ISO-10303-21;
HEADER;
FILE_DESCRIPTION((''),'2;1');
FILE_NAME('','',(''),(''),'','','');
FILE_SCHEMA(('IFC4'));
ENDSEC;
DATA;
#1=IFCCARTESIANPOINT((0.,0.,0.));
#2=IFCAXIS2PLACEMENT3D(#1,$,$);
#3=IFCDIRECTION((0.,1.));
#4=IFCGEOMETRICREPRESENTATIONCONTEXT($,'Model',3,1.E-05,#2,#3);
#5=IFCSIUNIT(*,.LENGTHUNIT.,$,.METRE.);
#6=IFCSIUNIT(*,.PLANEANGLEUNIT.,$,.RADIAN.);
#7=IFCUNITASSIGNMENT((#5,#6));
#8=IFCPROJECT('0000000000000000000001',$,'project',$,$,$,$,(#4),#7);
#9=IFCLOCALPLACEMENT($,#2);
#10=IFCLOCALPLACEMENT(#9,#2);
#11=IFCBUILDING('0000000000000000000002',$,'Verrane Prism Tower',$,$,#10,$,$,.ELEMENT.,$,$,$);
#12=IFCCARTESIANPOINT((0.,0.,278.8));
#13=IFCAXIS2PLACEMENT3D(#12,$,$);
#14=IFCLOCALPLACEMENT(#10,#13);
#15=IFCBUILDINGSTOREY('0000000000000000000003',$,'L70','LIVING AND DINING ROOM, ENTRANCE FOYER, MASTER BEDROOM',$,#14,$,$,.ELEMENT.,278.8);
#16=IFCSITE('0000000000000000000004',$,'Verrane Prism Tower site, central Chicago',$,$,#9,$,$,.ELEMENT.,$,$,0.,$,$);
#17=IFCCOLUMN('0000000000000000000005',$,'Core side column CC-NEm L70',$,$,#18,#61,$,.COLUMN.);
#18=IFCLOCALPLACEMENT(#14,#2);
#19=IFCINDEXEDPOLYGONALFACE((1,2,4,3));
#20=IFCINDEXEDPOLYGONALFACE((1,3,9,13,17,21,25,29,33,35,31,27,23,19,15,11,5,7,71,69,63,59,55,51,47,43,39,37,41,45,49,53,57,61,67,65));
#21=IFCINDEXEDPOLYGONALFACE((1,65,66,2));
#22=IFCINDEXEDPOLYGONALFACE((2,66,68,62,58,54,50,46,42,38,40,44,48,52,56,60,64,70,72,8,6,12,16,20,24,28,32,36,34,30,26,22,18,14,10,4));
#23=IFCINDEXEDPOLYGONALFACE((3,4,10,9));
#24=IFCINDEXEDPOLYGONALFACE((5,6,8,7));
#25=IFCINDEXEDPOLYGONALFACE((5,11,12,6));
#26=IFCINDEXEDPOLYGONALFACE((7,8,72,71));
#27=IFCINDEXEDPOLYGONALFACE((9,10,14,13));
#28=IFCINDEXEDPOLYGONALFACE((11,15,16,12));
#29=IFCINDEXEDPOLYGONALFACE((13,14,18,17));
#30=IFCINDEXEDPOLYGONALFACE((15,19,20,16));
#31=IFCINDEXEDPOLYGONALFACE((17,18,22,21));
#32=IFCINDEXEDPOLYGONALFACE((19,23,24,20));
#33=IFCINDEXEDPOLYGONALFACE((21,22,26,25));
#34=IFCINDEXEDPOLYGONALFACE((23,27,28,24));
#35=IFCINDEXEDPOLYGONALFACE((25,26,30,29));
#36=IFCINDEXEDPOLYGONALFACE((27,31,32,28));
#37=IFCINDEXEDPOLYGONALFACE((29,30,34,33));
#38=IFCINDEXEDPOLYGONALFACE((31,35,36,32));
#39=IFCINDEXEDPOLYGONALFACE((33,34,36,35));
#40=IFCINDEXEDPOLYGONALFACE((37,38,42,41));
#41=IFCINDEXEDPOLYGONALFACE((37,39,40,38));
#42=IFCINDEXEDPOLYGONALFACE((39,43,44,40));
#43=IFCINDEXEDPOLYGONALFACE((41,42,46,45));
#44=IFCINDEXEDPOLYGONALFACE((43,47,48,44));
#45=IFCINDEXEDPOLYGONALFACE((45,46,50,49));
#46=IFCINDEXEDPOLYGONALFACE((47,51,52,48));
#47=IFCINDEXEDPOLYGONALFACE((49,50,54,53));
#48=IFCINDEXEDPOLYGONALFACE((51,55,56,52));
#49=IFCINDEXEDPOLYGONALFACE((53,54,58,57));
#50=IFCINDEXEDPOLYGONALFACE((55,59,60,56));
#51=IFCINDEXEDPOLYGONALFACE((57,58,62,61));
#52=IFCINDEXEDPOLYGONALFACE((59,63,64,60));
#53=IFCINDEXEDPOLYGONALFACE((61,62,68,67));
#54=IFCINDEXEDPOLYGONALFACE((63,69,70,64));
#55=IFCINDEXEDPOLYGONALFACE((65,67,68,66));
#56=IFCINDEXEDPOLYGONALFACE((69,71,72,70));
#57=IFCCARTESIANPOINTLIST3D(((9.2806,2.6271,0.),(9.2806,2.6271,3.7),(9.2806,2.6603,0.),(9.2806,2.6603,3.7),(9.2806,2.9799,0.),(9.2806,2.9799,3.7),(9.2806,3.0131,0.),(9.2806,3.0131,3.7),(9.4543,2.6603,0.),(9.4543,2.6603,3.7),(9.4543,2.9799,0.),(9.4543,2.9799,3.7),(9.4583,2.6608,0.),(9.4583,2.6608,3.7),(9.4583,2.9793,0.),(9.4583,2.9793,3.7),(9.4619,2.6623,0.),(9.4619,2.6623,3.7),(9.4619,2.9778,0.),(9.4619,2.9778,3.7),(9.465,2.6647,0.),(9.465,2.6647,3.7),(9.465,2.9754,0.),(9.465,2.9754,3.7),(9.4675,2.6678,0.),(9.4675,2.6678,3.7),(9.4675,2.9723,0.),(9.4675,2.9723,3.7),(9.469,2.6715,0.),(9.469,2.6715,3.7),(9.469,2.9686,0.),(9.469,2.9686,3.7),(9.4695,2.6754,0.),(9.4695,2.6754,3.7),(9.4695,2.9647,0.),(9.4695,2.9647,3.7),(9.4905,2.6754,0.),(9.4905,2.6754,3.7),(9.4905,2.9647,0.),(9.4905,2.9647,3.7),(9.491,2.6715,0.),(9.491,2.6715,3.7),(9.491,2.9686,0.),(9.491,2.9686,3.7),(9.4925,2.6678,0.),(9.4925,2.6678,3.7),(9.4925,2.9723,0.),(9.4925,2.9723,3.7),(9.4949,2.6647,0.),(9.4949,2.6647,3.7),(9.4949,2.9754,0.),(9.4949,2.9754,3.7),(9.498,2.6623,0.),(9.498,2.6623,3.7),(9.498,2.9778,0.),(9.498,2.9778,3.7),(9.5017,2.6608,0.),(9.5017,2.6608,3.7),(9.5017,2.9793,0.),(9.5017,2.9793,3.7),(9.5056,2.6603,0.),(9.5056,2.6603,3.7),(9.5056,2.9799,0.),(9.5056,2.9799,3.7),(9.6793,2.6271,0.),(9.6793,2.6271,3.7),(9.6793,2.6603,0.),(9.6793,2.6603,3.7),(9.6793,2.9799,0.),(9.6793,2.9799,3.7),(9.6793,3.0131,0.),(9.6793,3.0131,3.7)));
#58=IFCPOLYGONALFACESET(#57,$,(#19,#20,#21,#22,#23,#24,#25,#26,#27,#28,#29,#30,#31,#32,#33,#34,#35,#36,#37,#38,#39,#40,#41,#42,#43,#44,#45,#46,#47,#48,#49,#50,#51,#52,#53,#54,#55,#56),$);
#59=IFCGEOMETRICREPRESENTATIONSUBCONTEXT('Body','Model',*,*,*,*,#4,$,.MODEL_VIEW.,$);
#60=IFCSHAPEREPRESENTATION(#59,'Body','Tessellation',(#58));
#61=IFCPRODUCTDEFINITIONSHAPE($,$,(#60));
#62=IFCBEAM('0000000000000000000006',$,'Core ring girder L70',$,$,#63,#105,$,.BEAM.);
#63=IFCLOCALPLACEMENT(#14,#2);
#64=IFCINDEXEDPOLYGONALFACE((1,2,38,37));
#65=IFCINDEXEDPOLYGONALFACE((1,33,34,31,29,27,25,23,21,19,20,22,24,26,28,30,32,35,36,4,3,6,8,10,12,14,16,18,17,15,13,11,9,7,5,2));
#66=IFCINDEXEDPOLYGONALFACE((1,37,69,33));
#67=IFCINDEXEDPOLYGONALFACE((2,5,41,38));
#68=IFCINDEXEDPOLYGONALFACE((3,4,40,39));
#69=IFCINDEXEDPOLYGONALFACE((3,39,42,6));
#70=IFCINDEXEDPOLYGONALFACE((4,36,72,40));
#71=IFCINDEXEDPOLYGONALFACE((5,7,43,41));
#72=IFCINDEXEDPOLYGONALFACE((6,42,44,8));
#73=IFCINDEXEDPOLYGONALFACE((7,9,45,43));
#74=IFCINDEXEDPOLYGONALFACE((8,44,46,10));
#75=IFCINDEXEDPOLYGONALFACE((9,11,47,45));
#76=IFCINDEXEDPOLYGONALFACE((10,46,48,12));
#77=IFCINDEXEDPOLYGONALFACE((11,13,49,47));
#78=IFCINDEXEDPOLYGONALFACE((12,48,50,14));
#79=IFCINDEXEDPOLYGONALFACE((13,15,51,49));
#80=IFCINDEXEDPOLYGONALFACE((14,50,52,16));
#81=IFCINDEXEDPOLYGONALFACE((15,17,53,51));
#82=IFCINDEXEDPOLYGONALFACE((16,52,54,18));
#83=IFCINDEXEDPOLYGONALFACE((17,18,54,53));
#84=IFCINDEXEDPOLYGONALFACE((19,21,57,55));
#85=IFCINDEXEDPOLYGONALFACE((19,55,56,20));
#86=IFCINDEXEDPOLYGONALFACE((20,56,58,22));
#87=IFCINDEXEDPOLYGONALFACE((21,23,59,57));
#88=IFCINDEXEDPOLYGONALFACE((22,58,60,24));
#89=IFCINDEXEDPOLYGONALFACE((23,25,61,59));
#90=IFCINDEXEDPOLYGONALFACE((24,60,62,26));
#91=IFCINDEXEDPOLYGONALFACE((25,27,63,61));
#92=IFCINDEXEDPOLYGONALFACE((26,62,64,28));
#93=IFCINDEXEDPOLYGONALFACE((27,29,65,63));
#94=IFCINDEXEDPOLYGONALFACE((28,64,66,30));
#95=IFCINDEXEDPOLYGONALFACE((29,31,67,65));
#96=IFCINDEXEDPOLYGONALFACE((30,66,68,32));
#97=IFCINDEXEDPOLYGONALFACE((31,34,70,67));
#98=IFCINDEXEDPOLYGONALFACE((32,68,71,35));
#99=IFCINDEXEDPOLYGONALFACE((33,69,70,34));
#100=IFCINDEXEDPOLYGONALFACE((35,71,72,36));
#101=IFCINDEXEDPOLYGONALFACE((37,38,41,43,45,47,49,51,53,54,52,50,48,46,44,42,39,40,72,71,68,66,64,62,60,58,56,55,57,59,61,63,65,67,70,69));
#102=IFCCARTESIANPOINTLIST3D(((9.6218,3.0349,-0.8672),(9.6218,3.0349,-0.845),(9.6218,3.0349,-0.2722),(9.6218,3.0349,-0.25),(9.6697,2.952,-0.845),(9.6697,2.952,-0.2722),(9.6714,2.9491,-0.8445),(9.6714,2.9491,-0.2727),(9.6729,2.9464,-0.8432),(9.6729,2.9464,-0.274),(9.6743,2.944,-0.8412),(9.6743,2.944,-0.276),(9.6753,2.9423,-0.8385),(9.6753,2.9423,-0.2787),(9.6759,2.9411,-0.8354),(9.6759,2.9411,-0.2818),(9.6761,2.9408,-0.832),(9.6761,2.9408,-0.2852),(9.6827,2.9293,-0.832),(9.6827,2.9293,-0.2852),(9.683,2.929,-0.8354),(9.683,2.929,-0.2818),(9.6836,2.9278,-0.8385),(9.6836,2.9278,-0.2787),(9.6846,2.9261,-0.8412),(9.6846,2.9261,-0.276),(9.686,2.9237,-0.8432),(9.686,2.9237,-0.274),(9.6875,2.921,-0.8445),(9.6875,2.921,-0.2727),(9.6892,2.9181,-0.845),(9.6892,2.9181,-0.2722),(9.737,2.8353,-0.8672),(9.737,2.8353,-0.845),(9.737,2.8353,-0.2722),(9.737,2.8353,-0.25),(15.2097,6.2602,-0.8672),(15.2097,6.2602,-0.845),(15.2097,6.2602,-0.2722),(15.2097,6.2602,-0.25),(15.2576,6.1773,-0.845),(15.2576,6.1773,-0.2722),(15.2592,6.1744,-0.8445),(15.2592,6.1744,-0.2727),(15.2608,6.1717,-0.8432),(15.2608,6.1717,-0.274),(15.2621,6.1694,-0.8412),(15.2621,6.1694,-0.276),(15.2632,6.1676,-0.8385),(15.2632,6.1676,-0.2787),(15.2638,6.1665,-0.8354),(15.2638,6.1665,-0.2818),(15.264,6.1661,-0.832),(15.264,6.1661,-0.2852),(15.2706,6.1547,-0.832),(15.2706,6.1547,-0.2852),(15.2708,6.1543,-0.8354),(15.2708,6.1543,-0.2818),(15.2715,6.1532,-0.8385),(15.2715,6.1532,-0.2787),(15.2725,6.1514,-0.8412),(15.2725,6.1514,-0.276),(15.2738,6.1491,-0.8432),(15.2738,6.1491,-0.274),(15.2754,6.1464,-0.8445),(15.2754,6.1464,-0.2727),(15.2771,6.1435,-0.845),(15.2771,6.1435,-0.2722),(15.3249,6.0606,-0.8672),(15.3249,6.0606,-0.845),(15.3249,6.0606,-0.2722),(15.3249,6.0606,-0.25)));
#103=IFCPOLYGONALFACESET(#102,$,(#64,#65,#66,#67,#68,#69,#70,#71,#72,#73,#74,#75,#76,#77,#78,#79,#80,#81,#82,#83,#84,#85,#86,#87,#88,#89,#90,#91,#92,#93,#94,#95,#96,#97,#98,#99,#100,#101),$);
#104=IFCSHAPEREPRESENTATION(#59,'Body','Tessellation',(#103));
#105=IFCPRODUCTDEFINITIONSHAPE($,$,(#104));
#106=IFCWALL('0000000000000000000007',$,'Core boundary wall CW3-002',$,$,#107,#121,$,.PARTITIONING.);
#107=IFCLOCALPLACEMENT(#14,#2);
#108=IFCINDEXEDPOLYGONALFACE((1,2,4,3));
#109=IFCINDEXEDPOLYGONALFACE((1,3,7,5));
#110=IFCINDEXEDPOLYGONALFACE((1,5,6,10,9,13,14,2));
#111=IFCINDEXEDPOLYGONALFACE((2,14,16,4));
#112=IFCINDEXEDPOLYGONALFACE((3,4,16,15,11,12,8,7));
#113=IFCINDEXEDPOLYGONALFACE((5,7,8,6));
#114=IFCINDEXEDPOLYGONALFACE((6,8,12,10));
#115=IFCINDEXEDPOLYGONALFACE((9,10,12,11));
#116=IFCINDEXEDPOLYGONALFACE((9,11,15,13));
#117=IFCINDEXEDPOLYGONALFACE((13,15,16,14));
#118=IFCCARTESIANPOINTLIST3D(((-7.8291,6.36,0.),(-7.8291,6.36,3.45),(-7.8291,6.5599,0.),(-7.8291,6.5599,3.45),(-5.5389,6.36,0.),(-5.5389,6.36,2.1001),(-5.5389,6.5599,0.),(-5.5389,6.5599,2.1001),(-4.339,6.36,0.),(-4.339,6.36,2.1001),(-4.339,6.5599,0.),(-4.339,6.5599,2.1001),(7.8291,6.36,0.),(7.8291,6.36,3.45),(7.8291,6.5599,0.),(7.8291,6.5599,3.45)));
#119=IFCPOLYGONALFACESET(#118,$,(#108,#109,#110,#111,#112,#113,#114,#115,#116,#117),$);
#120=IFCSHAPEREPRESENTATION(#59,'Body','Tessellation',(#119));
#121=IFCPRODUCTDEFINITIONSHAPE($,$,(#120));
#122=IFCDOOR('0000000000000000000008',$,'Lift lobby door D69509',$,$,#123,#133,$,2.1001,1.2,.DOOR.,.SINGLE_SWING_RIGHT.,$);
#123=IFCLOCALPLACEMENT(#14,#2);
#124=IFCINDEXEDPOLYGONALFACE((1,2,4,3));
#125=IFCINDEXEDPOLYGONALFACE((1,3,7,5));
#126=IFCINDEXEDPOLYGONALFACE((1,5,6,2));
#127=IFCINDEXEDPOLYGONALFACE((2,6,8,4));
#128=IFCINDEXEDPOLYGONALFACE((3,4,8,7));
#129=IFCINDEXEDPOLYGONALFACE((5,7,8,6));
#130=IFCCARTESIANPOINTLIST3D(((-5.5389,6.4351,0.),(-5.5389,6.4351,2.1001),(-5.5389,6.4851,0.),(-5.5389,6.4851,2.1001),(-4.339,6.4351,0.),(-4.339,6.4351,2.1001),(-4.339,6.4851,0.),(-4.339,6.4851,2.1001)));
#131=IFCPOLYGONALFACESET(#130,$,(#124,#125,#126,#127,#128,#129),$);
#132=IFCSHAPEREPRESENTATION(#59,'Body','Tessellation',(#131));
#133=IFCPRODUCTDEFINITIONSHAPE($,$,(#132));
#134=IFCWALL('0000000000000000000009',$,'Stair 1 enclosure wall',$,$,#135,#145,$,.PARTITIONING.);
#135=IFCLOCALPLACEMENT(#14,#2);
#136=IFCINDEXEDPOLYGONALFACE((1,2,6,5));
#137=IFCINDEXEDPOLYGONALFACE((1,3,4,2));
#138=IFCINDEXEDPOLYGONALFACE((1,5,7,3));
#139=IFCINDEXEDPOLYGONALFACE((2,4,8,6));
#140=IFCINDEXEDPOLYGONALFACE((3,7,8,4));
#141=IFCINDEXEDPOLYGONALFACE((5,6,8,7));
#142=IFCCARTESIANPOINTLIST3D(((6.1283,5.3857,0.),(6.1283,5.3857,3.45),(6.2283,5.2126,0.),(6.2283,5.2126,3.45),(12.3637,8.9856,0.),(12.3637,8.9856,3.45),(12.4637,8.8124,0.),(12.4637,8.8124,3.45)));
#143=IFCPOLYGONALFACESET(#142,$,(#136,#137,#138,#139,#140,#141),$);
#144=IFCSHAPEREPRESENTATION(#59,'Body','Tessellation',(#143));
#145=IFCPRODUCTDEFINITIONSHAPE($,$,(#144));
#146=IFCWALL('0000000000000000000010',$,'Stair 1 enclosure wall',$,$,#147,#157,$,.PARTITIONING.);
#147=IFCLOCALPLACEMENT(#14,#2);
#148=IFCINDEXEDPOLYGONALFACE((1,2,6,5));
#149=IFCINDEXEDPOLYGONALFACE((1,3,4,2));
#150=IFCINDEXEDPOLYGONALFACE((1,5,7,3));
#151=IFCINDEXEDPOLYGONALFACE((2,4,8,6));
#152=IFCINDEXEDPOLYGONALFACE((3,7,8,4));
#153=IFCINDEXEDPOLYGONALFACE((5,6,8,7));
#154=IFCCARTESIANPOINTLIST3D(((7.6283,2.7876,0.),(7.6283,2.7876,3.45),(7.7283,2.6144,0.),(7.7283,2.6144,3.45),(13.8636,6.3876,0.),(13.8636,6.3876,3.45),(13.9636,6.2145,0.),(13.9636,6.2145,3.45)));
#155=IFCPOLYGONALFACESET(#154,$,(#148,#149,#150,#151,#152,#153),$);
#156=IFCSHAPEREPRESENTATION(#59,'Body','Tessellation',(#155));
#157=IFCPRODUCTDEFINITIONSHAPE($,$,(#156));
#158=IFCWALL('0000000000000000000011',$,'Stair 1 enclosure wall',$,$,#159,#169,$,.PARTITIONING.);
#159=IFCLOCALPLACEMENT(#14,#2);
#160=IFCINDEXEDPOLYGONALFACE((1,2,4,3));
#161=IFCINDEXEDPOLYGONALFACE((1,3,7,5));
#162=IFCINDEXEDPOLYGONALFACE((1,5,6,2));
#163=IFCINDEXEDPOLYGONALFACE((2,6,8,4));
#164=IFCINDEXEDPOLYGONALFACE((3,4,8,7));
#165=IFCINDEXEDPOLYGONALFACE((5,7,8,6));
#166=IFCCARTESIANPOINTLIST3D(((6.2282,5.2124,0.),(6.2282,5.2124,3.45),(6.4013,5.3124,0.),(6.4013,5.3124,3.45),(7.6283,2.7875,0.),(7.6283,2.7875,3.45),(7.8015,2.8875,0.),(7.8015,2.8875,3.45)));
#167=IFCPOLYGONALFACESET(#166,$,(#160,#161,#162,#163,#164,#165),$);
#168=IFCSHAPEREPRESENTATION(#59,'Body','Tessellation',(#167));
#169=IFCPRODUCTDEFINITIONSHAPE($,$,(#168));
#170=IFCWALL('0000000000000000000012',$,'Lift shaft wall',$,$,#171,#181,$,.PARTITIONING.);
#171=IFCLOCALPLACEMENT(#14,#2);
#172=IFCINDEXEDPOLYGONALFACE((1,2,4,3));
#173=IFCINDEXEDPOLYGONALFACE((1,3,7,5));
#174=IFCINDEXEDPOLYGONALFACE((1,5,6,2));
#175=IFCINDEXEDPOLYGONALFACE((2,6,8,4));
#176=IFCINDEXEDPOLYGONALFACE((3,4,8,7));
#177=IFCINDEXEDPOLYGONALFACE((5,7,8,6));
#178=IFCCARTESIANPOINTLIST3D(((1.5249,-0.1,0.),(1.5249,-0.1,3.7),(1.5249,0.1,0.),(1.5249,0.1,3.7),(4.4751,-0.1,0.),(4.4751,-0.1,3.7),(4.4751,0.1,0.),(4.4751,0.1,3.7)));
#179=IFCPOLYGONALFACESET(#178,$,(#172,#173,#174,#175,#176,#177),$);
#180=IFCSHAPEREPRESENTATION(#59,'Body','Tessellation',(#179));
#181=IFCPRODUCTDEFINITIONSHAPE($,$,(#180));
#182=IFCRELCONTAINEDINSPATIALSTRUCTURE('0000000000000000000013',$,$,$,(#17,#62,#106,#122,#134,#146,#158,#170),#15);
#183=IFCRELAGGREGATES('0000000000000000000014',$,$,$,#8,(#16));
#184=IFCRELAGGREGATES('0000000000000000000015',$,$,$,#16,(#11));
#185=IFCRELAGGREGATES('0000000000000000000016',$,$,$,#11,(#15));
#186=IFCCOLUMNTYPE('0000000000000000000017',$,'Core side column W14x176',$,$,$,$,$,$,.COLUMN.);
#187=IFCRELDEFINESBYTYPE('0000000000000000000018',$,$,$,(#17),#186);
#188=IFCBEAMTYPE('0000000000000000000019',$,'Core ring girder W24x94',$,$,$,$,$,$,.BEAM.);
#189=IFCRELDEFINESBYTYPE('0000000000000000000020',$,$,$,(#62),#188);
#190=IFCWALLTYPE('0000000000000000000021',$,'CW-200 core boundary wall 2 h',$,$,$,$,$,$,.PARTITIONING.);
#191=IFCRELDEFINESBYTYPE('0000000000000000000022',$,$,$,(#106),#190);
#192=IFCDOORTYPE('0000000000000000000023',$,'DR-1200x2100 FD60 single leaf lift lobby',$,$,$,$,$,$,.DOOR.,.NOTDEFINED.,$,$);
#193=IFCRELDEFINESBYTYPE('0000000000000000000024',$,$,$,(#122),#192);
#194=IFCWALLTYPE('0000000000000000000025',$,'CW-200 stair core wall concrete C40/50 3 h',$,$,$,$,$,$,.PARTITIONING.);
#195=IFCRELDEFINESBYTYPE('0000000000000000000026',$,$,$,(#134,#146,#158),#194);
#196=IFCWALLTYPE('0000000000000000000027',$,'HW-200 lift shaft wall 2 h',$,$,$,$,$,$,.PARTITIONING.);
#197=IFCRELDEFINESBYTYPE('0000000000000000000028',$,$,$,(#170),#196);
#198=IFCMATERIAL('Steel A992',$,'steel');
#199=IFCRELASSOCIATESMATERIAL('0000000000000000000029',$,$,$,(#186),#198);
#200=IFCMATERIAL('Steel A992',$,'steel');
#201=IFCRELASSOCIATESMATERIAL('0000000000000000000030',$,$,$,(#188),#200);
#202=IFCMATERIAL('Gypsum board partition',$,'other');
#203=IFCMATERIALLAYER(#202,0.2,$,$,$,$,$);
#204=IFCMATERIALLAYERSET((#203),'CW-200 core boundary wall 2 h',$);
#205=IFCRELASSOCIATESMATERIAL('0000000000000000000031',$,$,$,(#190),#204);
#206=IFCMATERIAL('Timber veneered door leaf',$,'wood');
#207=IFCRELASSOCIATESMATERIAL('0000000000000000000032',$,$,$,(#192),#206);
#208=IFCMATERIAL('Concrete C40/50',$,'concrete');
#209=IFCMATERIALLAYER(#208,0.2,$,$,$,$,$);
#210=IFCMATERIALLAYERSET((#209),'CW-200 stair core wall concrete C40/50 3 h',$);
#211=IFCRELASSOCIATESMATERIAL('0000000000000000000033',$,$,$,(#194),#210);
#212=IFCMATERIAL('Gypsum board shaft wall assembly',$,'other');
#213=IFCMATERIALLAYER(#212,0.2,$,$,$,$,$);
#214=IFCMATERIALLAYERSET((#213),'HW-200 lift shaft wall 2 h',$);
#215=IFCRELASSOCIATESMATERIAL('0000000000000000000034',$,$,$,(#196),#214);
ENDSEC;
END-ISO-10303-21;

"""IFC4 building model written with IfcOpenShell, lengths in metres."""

from ifc_helpers import new_model, si_unit, direction, frame, frame_2d, origin, origin_2d, place, context, subcontext, project, spatial, rectangle, i_section, extrude, material, layer, layer_set, material_profile, profile_set, type_object, element, fill, save


model = new_model("IFC4")

# Units and contexts
model_context = context("Model", 3, precision=1e-05, world=origin(), true_north=direction((0.0, 1.0)))
body_context = subcontext(model_context, "Body", "Model", "MODEL_VIEW")
ifc_project = project(units=[si_unit("LENGTHUNIT", "METRE"), si_unit("PLANEANGLEUNIT", "RADIAN")], contexts=[model_context])

# Site, building, storey
site_placement = place(None, origin())
site = spatial("IfcSite", under=ifc_project, at=site_placement, Name="Verrane Prism Tower site, central Chicago", CompositionType="ELEMENT", RefElevation=0.0)
building_placement = place(site_placement, origin())
building = spatial("IfcBuilding", under=site, at=building_placement, Name="Verrane Prism Tower", CompositionType="ELEMENT")
storey_placement = place(building_placement, frame((0.0, 0.0, 278.8)))
storey = spatial("IfcBuildingStorey", under=building, at=storey_placement, Name="L70", Description="LIVING AND DINING ROOM, ENTRANCE FOYER, MASTER BEDROOM", CompositionType="ELEMENT", Elevation=278.8)

# Column
ifc_material_1 = material(Name="Steel A992", Category="steel")
ifc_material_profile_1 = material_profile(ifc_material_1, i_section(OverallWidth=0.3987, OverallDepth=0.386, WebThickness=0.021, FlangeThickness=0.0332, FilletRadius=0.0151, at=origin_2d()), Name="W14x176")
ifc_profile_set_1 = profile_set([ifc_material_profile_1], Name="Steel A992")
column_type = type_object("IfcColumnType", Name="Core side column W14x176", PredefinedType="COLUMN", material=ifc_profile_set_1)
column_placement = place(storey_placement, frame((9.48, 2.8201, 0.0), z_axis=(0.0, 0.0, 1.0), x_axis=(1.0, 0.0, 0.0)))
element("IfcColumn", 1, at=column_placement, inside=storey, type_object=column_type, Name="Core side column CC-NEm L70", PredefinedType="COLUMN", context=body_context, shape_type="SweptSolid", body=[
    extrude(i_section(OverallWidth=0.3987, OverallDepth=0.386, WebThickness=0.021, FlangeThickness=0.0332, FilletRadius=0.0151, at=origin_2d()), origin(), (0.0, 0.0, 1.0), 3.7),
])

# Beam
ifc_material_2 = material(Name="Steel A992", Category="steel")
ifc_material_profile_2 = material_profile(ifc_material_2, i_section(OverallWidth=0.2305, OverallDepth=0.6172, WebThickness=0.0132, FlangeThickness=0.0222, FilletRadius=0.0129, at=origin_2d()), Name="W24x94")
ifc_profile_set_2 = profile_set([ifc_material_profile_2], Name="Steel A992")
beam_type = type_object("IfcBeamType", Name="Core ring girder W24x94", PredefinedType="BEAM", material=ifc_profile_set_2)
beam_placement = place(storey_placement, frame((9.6794, 2.9351, -0.5586), z_axis=(0.866081, 0.499904, 0.0), x_axis=(-0.499904, 0.866081, 0.0)))
element("IfcBeam", 2, at=beam_placement, inside=storey, type_object=beam_type, Name="Core ring girder L70", PredefinedType="BEAM", context=body_context, shape_type="SweptSolid", body=[
    extrude(i_section(OverallWidth=0.2305, OverallDepth=0.6172, WebThickness=0.0132, FlangeThickness=0.0222, FilletRadius=0.0129, at=origin_2d()), origin(), (0.0, 0.0, 1.0), 6.4519),
])

# Wall, opening, door
ifc_material_3 = material(Name="Gypsum board partition", Category="other")
ifc_layer_1 = layer(ifc_material_3, 0.2)
ifc_layer_set_1 = layer_set([ifc_layer_1], Name="CW-200 core boundary wall 2 h")
wall_type_1 = type_object("IfcWallType", Name="CW-200 core boundary wall 2 h", PredefinedType="PARTITIONING", material=ifc_layer_set_1)
wall_1_placement = place(storey_placement, frame((7.8291, 6.46, 0.0), z_axis=(0.0, 0.0, 1.0), x_axis=(-1.0, 0.0, 0.0)))
wall_1 = element("IfcWall", 3, at=wall_1_placement, inside=storey, type_object=wall_type_1, Name="Core boundary wall CW3-002", PredefinedType="PARTITIONING", context=body_context, shape_type="SweptSolid", body=[
    extrude(rectangle(XDim=15.6582, YDim=0.2, at=frame_2d((7.8291, 0.0))), origin(), (0.0, 0.0, 1.0), 3.45),
])
opening_1_placement = place(wall_1_placement, frame((12.168, 0.0, 0.0)))
opening_1 = element("IfcOpeningElement", 4, at=opening_1_placement, cuts=wall_1, PredefinedType="OPENING", context=body_context, shape_type="SweptSolid", body=[
    extrude(rectangle(XDim=1.2, YDim=2.1001, at=frame_2d((0.6001, 1.05))), frame((0.0, 0.1099, 0.0), z_axis=(0.0, -1.0, 0.0), x_axis=(1.0, 0.0, 0.0)), (0.0, 0.0, 1.0), 0.22),
])
ifc_material_4 = material(Name="Timber veneered door leaf", Category="wood")
door_type_1 = type_object("IfcDoorType", Name="DR-1200x2100 FD60 single leaf lift lobby", OperationType="NOTDEFINED", PredefinedType="DOOR", material=ifc_material_4)
door_1_placement = place(opening_1_placement, origin())
door_1 = element("IfcDoor", 5, at=door_1_placement, inside=storey, type_object=door_type_1, Name="Lift lobby door D69509", OperationType="SINGLE_SWING_RIGHT", OverallHeight=2.1001, OverallWidth=1.2, PredefinedType="DOOR", context=body_context, shape_type="SweptSolid", body=[
    extrude(rectangle(XDim=1.2, YDim=2.1001, at=frame_2d((0.6001, 1.05))), frame((0.0, 0.0249, 0.0), z_axis=(0.0, -1.0, 0.0), x_axis=(1.0, 0.0, 0.0)), (0.0, 0.0, 1.0), 0.05),
])
fill(opening_1, door_1)

# Walls
ifc_material_5 = material(Name="Concrete C40/50", Category="concrete")
ifc_layer_2 = layer(ifc_material_5, 0.2)
ifc_layer_set_2 = layer_set([ifc_layer_2], Name="CW-200 stair core wall concrete C40/50 3 h")
wall_type_2 = type_object("IfcWallType", Name="CW-200 stair core wall concrete C40/50 3 h", PredefinedType="PARTITIONING", material=ifc_layer_set_2)
for number, where, z_axis, x_axis, name in (
    (6, (6.1782, 5.2991, 0.0), (0.0, 0.0, 1.0), (0.866033, 0.499987, 0.0), "Stair 1 enclosure wall"),
    (7, (7.6782, 2.7009, 0.0), (0.0, 0.0, 1.0), (0.866018, 0.500012, 0.0), "Stair 1 enclosure wall"),
):
    element("IfcWall", number, at=place(storey_placement, frame(where, z_axis=z_axis, x_axis=x_axis)), inside=storey, type_object=wall_type_2, Name=name, PredefinedType="PARTITIONING", context=body_context, shape_type="SweptSolid", body=[
        extrude(rectangle(XDim=7.2, YDim=0.2, at=frame_2d((3.6001, 0.0))), origin(), (0.0, 0.0, 1.0), 3.45),
    ])
wall_2_placement = place(storey_placement, frame((7.7148, 2.8376, 0.0), z_axis=(0.0, 0.0, 1.0), x_axis=(-0.50005, 0.865997, 0.0)))
element("IfcWall", 8, at=wall_2_placement, inside=storey, type_object=wall_type_2, Name="Stair 1 enclosure wall", PredefinedType="PARTITIONING", context=body_context, shape_type="SweptSolid", body=[
    extrude(rectangle(XDim=2.8, YDim=0.2, at=frame_2d((1.3999, 0.0))), origin(), (0.0, 0.0, 1.0), 3.45),
])
ifc_material_6 = material(Name="Gypsum board shaft wall assembly", Category="other")
ifc_layer_3 = layer(ifc_material_6, 0.2)
ifc_layer_set_3 = layer_set([ifc_layer_3], Name="HW-200 lift shaft wall 2 h")
wall_type_3 = type_object("IfcWallType", Name="HW-200 lift shaft wall 2 h", PredefinedType="PARTITIONING", material=ifc_layer_set_3)
wall_3_placement = place(storey_placement, frame((1.5249, 0.0, 0.0), z_axis=(0.0, 0.0, 1.0), x_axis=(1.0, 0.0, 0.0)))
element("IfcWall", 9, at=wall_3_placement, inside=storey, type_object=wall_type_3, Name="Lift shaft wall", PredefinedType="PARTITIONING", context=body_context, shape_type="SweptSolid", body=[
    extrude(rectangle(XDim=2.9502, YDim=0.2, at=frame_2d((1.4751, 0.0))), origin(), (0.0, 0.0, 1.0), 3.7),
])

save(model, "model.ifc")
